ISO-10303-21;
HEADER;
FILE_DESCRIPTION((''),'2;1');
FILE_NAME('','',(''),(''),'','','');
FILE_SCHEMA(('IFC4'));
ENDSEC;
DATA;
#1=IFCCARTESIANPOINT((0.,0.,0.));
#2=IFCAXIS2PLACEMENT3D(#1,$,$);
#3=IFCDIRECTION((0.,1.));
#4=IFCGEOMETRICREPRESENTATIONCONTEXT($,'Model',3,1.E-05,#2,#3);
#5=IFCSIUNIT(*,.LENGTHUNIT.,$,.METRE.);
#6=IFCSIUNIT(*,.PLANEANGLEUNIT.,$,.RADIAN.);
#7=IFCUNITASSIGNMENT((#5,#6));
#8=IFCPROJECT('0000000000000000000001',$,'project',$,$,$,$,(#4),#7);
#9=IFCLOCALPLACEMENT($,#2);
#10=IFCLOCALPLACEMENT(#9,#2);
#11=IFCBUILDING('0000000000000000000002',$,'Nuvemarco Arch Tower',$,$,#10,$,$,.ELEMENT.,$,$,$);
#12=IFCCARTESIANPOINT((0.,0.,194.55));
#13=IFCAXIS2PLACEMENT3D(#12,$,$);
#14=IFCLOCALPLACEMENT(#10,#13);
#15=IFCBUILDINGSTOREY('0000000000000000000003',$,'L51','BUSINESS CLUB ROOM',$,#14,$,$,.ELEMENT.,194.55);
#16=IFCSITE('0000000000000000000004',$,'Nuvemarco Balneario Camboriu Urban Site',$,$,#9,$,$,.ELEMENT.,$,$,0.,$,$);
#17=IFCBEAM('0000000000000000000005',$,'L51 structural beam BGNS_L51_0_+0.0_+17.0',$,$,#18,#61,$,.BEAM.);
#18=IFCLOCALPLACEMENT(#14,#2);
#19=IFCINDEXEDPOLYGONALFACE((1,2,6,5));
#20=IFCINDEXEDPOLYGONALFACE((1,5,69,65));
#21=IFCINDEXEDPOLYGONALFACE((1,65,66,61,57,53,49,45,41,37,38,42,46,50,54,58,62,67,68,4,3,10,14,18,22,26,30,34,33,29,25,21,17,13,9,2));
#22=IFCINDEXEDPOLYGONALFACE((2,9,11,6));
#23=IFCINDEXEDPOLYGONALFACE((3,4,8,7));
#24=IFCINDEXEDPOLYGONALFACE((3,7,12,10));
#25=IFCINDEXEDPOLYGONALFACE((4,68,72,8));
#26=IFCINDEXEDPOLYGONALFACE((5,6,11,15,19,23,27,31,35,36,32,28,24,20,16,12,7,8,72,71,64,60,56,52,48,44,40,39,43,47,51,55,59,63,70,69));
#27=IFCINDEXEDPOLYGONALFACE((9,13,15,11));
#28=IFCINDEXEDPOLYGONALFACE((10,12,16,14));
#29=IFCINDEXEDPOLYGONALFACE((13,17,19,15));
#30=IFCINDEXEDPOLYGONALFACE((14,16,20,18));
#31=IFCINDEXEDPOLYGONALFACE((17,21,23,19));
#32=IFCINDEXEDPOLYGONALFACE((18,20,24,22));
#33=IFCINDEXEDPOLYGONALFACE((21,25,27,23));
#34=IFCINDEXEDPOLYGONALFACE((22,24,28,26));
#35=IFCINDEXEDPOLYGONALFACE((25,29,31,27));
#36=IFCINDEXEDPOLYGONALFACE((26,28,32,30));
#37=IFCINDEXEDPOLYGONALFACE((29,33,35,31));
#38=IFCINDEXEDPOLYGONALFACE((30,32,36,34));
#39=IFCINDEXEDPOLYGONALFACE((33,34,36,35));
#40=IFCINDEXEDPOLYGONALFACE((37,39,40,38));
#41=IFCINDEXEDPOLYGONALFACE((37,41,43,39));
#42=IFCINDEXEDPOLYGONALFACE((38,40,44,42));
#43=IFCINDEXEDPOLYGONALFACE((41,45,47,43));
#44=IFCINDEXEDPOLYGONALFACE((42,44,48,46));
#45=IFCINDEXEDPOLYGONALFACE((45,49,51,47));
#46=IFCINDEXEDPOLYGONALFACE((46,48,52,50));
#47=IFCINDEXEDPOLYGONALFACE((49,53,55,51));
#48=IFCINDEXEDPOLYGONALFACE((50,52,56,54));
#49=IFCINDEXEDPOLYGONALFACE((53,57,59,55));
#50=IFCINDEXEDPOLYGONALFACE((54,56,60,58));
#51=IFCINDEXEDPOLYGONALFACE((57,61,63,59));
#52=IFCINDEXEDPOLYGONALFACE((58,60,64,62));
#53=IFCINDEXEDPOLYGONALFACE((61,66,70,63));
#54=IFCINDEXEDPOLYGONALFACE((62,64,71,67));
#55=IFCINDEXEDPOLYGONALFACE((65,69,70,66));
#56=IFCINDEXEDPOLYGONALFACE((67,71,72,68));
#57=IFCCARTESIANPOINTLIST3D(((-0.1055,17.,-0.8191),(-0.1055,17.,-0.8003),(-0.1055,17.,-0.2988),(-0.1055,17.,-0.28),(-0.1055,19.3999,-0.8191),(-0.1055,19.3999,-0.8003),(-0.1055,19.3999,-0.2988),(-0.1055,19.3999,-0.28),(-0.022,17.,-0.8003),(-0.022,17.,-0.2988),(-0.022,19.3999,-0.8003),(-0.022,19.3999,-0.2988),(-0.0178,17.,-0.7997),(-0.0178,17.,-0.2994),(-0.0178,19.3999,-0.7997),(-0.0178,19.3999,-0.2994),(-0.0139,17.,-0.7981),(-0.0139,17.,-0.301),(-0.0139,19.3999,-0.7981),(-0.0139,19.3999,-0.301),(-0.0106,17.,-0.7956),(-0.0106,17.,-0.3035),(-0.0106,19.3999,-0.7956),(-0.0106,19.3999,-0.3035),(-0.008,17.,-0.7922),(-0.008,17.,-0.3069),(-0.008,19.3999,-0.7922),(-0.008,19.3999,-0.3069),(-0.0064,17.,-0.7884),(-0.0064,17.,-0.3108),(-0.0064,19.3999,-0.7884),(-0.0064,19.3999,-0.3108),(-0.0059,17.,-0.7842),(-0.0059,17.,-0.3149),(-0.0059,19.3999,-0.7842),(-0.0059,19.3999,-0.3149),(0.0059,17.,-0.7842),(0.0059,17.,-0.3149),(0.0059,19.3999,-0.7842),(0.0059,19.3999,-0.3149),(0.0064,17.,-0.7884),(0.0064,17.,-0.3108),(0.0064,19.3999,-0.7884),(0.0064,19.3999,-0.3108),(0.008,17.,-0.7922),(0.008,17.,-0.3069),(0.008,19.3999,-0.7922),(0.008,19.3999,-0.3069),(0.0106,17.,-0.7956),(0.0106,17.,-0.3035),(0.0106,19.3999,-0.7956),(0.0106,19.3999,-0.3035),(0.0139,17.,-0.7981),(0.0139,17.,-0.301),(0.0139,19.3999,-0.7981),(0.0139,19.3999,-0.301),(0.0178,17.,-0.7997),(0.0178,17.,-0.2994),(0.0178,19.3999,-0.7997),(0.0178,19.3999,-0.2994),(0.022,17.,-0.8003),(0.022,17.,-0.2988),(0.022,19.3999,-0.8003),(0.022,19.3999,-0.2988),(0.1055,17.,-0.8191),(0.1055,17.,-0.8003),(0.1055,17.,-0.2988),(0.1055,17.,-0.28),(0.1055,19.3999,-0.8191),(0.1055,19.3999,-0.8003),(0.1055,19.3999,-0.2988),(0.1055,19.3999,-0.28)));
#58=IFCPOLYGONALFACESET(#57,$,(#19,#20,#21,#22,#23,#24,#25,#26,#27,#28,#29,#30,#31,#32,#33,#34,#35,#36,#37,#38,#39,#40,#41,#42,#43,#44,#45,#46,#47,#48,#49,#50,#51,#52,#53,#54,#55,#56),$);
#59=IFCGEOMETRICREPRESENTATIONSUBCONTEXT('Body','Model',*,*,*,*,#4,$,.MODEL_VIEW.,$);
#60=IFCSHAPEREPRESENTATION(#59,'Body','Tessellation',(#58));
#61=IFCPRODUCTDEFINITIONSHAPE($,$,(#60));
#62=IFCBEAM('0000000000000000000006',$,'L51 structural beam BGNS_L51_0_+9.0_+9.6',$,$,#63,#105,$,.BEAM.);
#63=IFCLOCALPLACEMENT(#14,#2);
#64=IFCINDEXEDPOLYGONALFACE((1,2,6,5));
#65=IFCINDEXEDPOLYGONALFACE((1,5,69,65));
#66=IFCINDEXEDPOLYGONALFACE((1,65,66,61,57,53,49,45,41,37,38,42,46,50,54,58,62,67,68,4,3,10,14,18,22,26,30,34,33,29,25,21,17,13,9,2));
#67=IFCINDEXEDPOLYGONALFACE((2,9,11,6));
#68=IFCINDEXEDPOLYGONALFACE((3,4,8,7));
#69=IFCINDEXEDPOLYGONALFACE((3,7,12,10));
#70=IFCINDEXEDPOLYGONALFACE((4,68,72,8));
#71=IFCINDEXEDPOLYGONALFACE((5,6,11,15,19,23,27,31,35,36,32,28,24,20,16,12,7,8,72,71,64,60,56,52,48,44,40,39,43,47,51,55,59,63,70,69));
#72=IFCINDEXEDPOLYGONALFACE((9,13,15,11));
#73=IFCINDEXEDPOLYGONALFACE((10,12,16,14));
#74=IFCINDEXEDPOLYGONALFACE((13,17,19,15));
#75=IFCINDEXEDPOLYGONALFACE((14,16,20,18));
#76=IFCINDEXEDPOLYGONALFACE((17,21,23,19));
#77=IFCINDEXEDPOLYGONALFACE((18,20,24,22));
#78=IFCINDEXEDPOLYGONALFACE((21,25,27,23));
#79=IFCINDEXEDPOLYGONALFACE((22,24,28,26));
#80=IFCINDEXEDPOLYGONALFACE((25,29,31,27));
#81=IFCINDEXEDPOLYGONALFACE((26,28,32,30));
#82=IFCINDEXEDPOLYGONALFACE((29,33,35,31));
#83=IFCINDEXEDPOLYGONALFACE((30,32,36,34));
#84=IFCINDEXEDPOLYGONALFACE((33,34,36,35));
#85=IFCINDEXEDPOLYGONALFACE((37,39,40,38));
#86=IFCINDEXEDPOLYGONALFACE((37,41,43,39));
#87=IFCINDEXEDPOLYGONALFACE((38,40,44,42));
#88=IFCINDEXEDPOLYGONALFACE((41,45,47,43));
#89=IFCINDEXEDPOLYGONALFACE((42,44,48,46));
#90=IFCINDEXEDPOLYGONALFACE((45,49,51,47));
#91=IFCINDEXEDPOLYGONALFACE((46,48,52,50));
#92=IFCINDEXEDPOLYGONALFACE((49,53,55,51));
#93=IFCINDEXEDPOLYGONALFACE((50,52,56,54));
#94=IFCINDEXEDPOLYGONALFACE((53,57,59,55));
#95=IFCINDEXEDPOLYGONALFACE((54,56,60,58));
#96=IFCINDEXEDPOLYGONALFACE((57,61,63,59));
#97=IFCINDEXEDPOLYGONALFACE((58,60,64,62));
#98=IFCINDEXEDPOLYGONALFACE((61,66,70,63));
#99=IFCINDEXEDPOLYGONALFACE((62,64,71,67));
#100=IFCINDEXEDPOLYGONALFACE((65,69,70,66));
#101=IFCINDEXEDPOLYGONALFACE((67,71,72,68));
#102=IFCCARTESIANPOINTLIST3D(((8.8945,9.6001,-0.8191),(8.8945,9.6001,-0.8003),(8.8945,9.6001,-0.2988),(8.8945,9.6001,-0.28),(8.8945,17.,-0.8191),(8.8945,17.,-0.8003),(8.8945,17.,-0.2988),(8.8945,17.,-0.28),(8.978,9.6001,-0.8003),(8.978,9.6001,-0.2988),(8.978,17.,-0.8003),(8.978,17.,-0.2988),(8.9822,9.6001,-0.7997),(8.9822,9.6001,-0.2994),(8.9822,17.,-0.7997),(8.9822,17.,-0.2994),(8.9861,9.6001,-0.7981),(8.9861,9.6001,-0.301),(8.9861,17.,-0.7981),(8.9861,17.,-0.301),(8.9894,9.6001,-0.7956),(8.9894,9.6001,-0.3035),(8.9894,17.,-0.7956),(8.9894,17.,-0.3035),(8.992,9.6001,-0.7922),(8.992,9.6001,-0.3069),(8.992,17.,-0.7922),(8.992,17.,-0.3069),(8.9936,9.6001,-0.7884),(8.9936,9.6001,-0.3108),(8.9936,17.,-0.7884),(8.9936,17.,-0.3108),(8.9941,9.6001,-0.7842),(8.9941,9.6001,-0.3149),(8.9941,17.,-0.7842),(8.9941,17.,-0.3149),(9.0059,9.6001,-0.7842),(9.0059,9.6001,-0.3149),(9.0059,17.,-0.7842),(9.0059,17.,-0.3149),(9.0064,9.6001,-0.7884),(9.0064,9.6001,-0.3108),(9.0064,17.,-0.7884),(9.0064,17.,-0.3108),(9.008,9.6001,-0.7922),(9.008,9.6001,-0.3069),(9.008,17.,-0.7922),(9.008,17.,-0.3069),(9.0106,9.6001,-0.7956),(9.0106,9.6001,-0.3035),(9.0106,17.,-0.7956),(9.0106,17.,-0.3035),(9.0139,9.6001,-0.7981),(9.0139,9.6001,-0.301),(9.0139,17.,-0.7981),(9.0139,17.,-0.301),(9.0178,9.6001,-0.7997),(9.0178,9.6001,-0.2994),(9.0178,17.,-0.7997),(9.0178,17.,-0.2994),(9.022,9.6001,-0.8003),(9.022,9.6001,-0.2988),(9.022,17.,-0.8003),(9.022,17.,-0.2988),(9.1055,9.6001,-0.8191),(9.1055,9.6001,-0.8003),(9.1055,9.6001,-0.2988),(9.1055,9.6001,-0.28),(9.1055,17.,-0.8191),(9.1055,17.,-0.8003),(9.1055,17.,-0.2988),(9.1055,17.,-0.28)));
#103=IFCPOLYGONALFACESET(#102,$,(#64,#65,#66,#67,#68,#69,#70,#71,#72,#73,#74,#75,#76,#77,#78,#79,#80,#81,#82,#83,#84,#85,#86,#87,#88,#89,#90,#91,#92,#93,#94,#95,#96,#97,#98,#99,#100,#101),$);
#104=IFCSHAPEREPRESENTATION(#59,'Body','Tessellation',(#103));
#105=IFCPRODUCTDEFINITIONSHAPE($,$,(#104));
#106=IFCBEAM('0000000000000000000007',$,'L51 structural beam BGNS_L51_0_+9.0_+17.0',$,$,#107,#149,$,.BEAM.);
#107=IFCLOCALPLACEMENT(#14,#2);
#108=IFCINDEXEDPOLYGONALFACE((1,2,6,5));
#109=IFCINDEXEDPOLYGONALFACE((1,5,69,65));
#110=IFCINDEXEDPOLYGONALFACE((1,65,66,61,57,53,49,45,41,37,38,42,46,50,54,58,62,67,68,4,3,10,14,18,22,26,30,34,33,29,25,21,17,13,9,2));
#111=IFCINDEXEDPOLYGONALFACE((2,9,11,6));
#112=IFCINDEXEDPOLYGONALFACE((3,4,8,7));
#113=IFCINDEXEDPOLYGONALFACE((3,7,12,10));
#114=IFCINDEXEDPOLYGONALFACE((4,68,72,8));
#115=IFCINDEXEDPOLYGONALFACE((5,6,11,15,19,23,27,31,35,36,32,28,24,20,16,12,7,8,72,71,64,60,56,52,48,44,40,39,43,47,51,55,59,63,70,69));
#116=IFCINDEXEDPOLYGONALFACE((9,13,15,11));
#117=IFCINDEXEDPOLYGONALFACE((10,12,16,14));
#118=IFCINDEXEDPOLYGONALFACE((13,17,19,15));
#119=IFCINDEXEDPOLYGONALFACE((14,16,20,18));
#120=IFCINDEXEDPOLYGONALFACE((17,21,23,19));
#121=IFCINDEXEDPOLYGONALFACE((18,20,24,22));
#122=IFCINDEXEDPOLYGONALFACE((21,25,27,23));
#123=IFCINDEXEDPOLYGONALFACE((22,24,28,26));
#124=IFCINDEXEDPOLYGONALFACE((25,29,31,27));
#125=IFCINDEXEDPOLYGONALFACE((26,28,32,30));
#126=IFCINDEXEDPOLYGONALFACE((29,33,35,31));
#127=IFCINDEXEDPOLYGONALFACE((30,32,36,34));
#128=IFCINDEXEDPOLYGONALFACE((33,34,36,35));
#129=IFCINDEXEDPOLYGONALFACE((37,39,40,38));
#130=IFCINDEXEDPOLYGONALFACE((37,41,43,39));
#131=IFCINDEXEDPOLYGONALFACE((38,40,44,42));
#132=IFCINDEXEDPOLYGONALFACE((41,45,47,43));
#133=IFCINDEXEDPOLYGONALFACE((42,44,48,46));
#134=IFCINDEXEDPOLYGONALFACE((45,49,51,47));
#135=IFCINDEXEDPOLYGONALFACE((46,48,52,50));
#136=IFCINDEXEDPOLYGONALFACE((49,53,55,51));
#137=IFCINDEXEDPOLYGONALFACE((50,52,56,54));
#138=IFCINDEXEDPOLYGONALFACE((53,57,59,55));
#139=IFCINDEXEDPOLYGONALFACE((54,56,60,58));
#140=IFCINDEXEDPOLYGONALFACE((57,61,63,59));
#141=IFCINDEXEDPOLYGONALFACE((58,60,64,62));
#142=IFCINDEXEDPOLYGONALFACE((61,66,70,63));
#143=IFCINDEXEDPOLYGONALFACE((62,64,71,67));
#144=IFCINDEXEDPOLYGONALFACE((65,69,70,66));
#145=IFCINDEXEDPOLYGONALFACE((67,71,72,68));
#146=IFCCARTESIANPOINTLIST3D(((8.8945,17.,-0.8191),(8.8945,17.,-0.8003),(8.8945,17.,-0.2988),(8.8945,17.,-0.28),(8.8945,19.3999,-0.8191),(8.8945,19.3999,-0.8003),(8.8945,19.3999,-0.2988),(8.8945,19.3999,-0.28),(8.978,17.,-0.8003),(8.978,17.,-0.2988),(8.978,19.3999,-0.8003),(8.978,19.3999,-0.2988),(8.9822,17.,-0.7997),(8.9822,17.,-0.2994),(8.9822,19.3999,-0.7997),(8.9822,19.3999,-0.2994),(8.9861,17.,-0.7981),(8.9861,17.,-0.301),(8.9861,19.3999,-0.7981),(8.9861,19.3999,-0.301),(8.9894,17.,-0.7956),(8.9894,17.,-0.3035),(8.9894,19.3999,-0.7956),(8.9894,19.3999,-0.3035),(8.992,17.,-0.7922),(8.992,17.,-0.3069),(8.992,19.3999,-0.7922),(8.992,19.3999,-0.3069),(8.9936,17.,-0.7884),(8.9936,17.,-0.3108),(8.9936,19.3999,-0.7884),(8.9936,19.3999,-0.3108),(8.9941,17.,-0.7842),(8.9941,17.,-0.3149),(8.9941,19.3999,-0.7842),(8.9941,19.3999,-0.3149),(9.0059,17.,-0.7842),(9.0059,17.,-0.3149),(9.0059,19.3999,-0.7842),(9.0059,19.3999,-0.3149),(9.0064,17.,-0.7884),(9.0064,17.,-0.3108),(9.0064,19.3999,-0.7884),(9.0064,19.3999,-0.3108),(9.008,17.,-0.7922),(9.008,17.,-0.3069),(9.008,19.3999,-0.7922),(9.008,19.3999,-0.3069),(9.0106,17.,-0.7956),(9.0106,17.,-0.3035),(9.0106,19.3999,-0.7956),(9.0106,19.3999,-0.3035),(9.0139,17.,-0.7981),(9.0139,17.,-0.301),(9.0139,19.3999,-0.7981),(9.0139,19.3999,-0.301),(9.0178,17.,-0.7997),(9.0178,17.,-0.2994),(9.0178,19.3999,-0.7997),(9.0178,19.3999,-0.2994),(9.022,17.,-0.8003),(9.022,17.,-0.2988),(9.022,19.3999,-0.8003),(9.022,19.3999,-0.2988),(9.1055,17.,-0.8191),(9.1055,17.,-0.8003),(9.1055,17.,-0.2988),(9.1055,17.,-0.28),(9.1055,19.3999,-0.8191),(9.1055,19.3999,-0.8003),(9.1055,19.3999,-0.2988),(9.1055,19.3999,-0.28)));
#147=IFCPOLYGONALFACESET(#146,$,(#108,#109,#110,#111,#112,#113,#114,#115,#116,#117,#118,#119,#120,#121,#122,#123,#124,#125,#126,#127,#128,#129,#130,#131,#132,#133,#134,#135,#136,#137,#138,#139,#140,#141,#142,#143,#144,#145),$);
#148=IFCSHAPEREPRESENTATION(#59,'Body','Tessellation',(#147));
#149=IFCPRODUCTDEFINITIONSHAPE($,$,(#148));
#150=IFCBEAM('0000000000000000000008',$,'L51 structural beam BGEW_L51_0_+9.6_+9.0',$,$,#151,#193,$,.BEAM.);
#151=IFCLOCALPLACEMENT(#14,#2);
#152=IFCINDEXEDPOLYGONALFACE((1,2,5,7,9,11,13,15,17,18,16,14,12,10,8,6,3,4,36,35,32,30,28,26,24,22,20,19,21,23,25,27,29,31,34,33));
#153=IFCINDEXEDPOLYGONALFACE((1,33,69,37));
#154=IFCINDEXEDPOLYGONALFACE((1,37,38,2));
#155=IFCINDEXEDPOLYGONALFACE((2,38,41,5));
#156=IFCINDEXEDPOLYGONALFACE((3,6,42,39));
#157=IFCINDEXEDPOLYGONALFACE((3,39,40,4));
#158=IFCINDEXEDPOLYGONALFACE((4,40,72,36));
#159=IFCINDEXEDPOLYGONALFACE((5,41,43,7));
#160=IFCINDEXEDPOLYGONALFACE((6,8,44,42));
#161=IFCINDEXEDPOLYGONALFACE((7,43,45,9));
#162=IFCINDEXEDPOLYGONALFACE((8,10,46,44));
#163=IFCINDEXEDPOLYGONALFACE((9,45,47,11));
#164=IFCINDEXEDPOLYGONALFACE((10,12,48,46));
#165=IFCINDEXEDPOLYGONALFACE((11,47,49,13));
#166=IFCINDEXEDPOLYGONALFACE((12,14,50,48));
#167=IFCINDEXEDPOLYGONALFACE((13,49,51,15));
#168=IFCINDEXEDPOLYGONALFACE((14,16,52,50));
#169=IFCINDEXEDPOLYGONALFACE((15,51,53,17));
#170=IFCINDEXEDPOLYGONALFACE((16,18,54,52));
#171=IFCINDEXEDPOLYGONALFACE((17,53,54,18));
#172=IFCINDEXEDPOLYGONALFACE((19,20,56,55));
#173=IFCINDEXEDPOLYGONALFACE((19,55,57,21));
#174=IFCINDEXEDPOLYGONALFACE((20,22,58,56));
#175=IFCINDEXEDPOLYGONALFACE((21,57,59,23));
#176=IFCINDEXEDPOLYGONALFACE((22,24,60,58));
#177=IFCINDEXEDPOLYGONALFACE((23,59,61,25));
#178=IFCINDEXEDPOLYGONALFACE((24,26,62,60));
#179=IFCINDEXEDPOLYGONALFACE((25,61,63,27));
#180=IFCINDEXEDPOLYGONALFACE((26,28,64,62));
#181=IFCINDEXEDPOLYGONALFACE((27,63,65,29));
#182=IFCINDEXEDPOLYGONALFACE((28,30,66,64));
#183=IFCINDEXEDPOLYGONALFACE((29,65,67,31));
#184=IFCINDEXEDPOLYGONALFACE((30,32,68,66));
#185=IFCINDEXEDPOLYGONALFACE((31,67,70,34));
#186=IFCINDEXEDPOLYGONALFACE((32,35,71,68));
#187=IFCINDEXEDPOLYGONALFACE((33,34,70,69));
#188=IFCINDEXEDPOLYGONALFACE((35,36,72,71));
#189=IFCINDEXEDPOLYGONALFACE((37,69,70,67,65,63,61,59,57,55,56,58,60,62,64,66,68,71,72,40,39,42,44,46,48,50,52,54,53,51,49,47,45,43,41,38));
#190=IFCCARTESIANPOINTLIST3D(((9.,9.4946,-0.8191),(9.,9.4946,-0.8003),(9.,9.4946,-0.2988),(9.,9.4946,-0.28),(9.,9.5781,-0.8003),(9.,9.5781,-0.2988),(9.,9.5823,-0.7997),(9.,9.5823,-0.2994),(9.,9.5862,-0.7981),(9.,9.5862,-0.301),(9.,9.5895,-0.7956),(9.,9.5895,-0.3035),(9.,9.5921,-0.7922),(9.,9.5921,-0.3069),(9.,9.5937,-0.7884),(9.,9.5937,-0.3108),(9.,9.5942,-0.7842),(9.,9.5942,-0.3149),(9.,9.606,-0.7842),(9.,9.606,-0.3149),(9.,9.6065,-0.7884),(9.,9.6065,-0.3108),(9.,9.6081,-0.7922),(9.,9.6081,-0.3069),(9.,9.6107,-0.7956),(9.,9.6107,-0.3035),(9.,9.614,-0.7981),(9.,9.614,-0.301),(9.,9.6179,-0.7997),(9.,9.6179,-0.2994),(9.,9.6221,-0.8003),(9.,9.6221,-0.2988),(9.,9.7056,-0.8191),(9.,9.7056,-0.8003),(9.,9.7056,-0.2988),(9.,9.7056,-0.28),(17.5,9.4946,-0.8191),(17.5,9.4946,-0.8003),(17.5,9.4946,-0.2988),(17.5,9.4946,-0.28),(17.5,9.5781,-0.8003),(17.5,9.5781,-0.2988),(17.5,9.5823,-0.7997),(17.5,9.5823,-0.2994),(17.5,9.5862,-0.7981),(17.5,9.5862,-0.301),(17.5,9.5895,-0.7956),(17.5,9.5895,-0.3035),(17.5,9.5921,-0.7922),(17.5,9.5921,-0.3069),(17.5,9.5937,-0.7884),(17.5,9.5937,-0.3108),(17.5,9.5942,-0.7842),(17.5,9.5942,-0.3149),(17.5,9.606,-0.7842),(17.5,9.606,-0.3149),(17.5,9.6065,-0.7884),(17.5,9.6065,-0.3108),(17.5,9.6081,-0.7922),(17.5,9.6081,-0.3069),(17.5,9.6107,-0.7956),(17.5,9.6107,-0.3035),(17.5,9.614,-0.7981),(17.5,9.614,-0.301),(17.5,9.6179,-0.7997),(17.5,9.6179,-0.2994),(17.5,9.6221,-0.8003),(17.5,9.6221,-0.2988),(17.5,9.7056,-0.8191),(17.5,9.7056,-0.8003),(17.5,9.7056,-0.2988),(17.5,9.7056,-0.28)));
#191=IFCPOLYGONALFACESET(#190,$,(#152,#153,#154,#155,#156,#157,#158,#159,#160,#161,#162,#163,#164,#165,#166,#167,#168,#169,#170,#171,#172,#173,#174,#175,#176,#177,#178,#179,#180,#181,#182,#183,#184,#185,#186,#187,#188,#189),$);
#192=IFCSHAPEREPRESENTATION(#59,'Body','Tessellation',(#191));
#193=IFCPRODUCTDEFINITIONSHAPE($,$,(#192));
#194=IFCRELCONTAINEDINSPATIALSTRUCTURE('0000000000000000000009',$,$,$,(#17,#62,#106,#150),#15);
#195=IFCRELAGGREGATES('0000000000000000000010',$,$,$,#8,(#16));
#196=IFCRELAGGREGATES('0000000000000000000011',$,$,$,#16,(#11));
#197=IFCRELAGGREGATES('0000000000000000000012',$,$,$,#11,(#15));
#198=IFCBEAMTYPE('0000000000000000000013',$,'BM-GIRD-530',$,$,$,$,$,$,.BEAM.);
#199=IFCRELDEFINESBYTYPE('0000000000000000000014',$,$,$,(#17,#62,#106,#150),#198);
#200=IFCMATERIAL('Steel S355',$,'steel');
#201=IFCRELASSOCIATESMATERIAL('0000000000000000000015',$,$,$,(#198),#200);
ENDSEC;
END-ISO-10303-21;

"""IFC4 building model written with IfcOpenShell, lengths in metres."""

from ifc_helpers import new_model, si_unit, direction, frame, origin, origin_2d, place, context, subcontext, project, spatial, i_section, extrude, material, material_profile, profile_set, type_object, element, save


model = new_model("IFC4")

# Units and contexts
model_context = context("Model", 3, precision=1e-05, world=origin(), true_north=direction((0.0, 1.0)))
body_context = subcontext(model_context, "Body", "Model", "MODEL_VIEW")
ifc_project = project(units=[si_unit("LENGTHUNIT", "METRE"), si_unit("PLANEANGLEUNIT", "RADIAN")], contexts=[model_context])

# Site, building, storey
site_placement = place(None, origin())
site = spatial("IfcSite", under=ifc_project, at=site_placement, Name="Nuvemarco Balneario Camboriu Urban Site", CompositionType="ELEMENT", RefElevation=0.0)
building_placement = place(site_placement, origin())
building = spatial("IfcBuilding", under=site, at=building_placement, Name="Nuvemarco Arch Tower", CompositionType="ELEMENT")
storey_placement = place(building_placement, frame((0.0, 0.0, 194.55)))
storey = spatial("IfcBuildingStorey", under=building, at=storey_placement, Name="L51", Description="BUSINESS CLUB ROOM", CompositionType="ELEMENT", Elevation=194.55)

# Shared definitions
ifc_material_1 = material(Name="Steel S355", Category="steel")

# Beams
ifc_material_profile_1 = material_profile(ifc_material_1, i_section(OverallWidth=0.2109, OverallDepth=0.5391, WebThickness=0.0117, FlangeThickness=0.0188, FilletRadius=0.0161, at=origin_2d()), Name="W530x109")
ifc_profile_set_1 = profile_set([ifc_material_profile_1], Name="Steel S355")
beam_type_1 = type_object("IfcBeamType", Name="BM-GIRD-530", PredefinedType="BEAM", material=ifc_profile_set_1)
beam_1_placement = place(storey_placement, frame((0.0, 17.0, -0.5496), z_axis=(0.0, 1.0, 0.0), x_axis=(-1.0, 0.0, 0.0)))
element("IfcBeam", 1, at=beam_1_placement, inside=storey, type_object=beam_type_1, Name="L51 structural beam BGNS_L51_0_+0.0_+17.0", PredefinedType="BEAM", context=body_context, shape_type="SweptSolid", body=[
    extrude(i_section(OverallWidth=0.2109, OverallDepth=0.5391, WebThickness=0.0117, FlangeThickness=0.0188, FilletRadius=0.0161, at=origin_2d()), origin(), (0.0, 0.0, 1.0), 2.3999),
])
beam_2_placement = place(storey_placement, frame((9.0, 9.6001, -0.5496), z_axis=(0.0, 1.0, 0.0), x_axis=(-1.0, 0.0, 0.0)))
element("IfcBeam", 2, at=beam_2_placement, inside=storey, type_object=beam_type_1, Name="L51 structural beam BGNS_L51_0_+9.0_+9.6", PredefinedType="BEAM", context=body_context, shape_type="SweptSolid", body=[
    extrude(i_section(OverallWidth=0.2109, OverallDepth=0.5391, WebThickness=0.0117, FlangeThickness=0.0188, FilletRadius=0.0161, at=origin_2d()), origin(), (0.0, 0.0, 1.0), 7.3999),
])
beam_3_placement = place(storey_placement, frame((9.0, 17.0, -0.5496), z_axis=(0.0, 1.0, 0.0), x_axis=(-1.0, 0.0, 0.0)))
element("IfcBeam", 3, at=beam_3_placement, inside=storey, type_object=beam_type_1, Name="L51 structural beam BGNS_L51_0_+9.0_+17.0", PredefinedType="BEAM", context=body_context, shape_type="SweptSolid", body=[
    extrude(i_section(OverallWidth=0.2109, OverallDepth=0.5391, WebThickness=0.0117, FlangeThickness=0.0188, FilletRadius=0.0161, at=origin_2d()), origin(), (0.0, 0.0, 1.0), 2.3999),
])
beam_4_placement = place(storey_placement, frame((9.0, 9.6001, -0.5496), z_axis=(1.0, 0.0, 0.0), x_axis=(0.0, 1.0, 0.0)))
element("IfcBeam", 4, at=beam_4_placement, inside=storey, type_object=beam_type_1, Name="L51 structural beam BGEW_L51_0_+9.6_+9.0", PredefinedType="BEAM", context=body_context, shape_type="SweptSolid", body=[
    extrude(i_section(OverallWidth=0.2109, OverallDepth=0.5391, WebThickness=0.0117, FlangeThickness=0.0188, FilletRadius=0.0161, at=origin_2d()), origin(), (0.0, 0.0, 1.0), 8.5),
])

save(model, "model.ifc")
